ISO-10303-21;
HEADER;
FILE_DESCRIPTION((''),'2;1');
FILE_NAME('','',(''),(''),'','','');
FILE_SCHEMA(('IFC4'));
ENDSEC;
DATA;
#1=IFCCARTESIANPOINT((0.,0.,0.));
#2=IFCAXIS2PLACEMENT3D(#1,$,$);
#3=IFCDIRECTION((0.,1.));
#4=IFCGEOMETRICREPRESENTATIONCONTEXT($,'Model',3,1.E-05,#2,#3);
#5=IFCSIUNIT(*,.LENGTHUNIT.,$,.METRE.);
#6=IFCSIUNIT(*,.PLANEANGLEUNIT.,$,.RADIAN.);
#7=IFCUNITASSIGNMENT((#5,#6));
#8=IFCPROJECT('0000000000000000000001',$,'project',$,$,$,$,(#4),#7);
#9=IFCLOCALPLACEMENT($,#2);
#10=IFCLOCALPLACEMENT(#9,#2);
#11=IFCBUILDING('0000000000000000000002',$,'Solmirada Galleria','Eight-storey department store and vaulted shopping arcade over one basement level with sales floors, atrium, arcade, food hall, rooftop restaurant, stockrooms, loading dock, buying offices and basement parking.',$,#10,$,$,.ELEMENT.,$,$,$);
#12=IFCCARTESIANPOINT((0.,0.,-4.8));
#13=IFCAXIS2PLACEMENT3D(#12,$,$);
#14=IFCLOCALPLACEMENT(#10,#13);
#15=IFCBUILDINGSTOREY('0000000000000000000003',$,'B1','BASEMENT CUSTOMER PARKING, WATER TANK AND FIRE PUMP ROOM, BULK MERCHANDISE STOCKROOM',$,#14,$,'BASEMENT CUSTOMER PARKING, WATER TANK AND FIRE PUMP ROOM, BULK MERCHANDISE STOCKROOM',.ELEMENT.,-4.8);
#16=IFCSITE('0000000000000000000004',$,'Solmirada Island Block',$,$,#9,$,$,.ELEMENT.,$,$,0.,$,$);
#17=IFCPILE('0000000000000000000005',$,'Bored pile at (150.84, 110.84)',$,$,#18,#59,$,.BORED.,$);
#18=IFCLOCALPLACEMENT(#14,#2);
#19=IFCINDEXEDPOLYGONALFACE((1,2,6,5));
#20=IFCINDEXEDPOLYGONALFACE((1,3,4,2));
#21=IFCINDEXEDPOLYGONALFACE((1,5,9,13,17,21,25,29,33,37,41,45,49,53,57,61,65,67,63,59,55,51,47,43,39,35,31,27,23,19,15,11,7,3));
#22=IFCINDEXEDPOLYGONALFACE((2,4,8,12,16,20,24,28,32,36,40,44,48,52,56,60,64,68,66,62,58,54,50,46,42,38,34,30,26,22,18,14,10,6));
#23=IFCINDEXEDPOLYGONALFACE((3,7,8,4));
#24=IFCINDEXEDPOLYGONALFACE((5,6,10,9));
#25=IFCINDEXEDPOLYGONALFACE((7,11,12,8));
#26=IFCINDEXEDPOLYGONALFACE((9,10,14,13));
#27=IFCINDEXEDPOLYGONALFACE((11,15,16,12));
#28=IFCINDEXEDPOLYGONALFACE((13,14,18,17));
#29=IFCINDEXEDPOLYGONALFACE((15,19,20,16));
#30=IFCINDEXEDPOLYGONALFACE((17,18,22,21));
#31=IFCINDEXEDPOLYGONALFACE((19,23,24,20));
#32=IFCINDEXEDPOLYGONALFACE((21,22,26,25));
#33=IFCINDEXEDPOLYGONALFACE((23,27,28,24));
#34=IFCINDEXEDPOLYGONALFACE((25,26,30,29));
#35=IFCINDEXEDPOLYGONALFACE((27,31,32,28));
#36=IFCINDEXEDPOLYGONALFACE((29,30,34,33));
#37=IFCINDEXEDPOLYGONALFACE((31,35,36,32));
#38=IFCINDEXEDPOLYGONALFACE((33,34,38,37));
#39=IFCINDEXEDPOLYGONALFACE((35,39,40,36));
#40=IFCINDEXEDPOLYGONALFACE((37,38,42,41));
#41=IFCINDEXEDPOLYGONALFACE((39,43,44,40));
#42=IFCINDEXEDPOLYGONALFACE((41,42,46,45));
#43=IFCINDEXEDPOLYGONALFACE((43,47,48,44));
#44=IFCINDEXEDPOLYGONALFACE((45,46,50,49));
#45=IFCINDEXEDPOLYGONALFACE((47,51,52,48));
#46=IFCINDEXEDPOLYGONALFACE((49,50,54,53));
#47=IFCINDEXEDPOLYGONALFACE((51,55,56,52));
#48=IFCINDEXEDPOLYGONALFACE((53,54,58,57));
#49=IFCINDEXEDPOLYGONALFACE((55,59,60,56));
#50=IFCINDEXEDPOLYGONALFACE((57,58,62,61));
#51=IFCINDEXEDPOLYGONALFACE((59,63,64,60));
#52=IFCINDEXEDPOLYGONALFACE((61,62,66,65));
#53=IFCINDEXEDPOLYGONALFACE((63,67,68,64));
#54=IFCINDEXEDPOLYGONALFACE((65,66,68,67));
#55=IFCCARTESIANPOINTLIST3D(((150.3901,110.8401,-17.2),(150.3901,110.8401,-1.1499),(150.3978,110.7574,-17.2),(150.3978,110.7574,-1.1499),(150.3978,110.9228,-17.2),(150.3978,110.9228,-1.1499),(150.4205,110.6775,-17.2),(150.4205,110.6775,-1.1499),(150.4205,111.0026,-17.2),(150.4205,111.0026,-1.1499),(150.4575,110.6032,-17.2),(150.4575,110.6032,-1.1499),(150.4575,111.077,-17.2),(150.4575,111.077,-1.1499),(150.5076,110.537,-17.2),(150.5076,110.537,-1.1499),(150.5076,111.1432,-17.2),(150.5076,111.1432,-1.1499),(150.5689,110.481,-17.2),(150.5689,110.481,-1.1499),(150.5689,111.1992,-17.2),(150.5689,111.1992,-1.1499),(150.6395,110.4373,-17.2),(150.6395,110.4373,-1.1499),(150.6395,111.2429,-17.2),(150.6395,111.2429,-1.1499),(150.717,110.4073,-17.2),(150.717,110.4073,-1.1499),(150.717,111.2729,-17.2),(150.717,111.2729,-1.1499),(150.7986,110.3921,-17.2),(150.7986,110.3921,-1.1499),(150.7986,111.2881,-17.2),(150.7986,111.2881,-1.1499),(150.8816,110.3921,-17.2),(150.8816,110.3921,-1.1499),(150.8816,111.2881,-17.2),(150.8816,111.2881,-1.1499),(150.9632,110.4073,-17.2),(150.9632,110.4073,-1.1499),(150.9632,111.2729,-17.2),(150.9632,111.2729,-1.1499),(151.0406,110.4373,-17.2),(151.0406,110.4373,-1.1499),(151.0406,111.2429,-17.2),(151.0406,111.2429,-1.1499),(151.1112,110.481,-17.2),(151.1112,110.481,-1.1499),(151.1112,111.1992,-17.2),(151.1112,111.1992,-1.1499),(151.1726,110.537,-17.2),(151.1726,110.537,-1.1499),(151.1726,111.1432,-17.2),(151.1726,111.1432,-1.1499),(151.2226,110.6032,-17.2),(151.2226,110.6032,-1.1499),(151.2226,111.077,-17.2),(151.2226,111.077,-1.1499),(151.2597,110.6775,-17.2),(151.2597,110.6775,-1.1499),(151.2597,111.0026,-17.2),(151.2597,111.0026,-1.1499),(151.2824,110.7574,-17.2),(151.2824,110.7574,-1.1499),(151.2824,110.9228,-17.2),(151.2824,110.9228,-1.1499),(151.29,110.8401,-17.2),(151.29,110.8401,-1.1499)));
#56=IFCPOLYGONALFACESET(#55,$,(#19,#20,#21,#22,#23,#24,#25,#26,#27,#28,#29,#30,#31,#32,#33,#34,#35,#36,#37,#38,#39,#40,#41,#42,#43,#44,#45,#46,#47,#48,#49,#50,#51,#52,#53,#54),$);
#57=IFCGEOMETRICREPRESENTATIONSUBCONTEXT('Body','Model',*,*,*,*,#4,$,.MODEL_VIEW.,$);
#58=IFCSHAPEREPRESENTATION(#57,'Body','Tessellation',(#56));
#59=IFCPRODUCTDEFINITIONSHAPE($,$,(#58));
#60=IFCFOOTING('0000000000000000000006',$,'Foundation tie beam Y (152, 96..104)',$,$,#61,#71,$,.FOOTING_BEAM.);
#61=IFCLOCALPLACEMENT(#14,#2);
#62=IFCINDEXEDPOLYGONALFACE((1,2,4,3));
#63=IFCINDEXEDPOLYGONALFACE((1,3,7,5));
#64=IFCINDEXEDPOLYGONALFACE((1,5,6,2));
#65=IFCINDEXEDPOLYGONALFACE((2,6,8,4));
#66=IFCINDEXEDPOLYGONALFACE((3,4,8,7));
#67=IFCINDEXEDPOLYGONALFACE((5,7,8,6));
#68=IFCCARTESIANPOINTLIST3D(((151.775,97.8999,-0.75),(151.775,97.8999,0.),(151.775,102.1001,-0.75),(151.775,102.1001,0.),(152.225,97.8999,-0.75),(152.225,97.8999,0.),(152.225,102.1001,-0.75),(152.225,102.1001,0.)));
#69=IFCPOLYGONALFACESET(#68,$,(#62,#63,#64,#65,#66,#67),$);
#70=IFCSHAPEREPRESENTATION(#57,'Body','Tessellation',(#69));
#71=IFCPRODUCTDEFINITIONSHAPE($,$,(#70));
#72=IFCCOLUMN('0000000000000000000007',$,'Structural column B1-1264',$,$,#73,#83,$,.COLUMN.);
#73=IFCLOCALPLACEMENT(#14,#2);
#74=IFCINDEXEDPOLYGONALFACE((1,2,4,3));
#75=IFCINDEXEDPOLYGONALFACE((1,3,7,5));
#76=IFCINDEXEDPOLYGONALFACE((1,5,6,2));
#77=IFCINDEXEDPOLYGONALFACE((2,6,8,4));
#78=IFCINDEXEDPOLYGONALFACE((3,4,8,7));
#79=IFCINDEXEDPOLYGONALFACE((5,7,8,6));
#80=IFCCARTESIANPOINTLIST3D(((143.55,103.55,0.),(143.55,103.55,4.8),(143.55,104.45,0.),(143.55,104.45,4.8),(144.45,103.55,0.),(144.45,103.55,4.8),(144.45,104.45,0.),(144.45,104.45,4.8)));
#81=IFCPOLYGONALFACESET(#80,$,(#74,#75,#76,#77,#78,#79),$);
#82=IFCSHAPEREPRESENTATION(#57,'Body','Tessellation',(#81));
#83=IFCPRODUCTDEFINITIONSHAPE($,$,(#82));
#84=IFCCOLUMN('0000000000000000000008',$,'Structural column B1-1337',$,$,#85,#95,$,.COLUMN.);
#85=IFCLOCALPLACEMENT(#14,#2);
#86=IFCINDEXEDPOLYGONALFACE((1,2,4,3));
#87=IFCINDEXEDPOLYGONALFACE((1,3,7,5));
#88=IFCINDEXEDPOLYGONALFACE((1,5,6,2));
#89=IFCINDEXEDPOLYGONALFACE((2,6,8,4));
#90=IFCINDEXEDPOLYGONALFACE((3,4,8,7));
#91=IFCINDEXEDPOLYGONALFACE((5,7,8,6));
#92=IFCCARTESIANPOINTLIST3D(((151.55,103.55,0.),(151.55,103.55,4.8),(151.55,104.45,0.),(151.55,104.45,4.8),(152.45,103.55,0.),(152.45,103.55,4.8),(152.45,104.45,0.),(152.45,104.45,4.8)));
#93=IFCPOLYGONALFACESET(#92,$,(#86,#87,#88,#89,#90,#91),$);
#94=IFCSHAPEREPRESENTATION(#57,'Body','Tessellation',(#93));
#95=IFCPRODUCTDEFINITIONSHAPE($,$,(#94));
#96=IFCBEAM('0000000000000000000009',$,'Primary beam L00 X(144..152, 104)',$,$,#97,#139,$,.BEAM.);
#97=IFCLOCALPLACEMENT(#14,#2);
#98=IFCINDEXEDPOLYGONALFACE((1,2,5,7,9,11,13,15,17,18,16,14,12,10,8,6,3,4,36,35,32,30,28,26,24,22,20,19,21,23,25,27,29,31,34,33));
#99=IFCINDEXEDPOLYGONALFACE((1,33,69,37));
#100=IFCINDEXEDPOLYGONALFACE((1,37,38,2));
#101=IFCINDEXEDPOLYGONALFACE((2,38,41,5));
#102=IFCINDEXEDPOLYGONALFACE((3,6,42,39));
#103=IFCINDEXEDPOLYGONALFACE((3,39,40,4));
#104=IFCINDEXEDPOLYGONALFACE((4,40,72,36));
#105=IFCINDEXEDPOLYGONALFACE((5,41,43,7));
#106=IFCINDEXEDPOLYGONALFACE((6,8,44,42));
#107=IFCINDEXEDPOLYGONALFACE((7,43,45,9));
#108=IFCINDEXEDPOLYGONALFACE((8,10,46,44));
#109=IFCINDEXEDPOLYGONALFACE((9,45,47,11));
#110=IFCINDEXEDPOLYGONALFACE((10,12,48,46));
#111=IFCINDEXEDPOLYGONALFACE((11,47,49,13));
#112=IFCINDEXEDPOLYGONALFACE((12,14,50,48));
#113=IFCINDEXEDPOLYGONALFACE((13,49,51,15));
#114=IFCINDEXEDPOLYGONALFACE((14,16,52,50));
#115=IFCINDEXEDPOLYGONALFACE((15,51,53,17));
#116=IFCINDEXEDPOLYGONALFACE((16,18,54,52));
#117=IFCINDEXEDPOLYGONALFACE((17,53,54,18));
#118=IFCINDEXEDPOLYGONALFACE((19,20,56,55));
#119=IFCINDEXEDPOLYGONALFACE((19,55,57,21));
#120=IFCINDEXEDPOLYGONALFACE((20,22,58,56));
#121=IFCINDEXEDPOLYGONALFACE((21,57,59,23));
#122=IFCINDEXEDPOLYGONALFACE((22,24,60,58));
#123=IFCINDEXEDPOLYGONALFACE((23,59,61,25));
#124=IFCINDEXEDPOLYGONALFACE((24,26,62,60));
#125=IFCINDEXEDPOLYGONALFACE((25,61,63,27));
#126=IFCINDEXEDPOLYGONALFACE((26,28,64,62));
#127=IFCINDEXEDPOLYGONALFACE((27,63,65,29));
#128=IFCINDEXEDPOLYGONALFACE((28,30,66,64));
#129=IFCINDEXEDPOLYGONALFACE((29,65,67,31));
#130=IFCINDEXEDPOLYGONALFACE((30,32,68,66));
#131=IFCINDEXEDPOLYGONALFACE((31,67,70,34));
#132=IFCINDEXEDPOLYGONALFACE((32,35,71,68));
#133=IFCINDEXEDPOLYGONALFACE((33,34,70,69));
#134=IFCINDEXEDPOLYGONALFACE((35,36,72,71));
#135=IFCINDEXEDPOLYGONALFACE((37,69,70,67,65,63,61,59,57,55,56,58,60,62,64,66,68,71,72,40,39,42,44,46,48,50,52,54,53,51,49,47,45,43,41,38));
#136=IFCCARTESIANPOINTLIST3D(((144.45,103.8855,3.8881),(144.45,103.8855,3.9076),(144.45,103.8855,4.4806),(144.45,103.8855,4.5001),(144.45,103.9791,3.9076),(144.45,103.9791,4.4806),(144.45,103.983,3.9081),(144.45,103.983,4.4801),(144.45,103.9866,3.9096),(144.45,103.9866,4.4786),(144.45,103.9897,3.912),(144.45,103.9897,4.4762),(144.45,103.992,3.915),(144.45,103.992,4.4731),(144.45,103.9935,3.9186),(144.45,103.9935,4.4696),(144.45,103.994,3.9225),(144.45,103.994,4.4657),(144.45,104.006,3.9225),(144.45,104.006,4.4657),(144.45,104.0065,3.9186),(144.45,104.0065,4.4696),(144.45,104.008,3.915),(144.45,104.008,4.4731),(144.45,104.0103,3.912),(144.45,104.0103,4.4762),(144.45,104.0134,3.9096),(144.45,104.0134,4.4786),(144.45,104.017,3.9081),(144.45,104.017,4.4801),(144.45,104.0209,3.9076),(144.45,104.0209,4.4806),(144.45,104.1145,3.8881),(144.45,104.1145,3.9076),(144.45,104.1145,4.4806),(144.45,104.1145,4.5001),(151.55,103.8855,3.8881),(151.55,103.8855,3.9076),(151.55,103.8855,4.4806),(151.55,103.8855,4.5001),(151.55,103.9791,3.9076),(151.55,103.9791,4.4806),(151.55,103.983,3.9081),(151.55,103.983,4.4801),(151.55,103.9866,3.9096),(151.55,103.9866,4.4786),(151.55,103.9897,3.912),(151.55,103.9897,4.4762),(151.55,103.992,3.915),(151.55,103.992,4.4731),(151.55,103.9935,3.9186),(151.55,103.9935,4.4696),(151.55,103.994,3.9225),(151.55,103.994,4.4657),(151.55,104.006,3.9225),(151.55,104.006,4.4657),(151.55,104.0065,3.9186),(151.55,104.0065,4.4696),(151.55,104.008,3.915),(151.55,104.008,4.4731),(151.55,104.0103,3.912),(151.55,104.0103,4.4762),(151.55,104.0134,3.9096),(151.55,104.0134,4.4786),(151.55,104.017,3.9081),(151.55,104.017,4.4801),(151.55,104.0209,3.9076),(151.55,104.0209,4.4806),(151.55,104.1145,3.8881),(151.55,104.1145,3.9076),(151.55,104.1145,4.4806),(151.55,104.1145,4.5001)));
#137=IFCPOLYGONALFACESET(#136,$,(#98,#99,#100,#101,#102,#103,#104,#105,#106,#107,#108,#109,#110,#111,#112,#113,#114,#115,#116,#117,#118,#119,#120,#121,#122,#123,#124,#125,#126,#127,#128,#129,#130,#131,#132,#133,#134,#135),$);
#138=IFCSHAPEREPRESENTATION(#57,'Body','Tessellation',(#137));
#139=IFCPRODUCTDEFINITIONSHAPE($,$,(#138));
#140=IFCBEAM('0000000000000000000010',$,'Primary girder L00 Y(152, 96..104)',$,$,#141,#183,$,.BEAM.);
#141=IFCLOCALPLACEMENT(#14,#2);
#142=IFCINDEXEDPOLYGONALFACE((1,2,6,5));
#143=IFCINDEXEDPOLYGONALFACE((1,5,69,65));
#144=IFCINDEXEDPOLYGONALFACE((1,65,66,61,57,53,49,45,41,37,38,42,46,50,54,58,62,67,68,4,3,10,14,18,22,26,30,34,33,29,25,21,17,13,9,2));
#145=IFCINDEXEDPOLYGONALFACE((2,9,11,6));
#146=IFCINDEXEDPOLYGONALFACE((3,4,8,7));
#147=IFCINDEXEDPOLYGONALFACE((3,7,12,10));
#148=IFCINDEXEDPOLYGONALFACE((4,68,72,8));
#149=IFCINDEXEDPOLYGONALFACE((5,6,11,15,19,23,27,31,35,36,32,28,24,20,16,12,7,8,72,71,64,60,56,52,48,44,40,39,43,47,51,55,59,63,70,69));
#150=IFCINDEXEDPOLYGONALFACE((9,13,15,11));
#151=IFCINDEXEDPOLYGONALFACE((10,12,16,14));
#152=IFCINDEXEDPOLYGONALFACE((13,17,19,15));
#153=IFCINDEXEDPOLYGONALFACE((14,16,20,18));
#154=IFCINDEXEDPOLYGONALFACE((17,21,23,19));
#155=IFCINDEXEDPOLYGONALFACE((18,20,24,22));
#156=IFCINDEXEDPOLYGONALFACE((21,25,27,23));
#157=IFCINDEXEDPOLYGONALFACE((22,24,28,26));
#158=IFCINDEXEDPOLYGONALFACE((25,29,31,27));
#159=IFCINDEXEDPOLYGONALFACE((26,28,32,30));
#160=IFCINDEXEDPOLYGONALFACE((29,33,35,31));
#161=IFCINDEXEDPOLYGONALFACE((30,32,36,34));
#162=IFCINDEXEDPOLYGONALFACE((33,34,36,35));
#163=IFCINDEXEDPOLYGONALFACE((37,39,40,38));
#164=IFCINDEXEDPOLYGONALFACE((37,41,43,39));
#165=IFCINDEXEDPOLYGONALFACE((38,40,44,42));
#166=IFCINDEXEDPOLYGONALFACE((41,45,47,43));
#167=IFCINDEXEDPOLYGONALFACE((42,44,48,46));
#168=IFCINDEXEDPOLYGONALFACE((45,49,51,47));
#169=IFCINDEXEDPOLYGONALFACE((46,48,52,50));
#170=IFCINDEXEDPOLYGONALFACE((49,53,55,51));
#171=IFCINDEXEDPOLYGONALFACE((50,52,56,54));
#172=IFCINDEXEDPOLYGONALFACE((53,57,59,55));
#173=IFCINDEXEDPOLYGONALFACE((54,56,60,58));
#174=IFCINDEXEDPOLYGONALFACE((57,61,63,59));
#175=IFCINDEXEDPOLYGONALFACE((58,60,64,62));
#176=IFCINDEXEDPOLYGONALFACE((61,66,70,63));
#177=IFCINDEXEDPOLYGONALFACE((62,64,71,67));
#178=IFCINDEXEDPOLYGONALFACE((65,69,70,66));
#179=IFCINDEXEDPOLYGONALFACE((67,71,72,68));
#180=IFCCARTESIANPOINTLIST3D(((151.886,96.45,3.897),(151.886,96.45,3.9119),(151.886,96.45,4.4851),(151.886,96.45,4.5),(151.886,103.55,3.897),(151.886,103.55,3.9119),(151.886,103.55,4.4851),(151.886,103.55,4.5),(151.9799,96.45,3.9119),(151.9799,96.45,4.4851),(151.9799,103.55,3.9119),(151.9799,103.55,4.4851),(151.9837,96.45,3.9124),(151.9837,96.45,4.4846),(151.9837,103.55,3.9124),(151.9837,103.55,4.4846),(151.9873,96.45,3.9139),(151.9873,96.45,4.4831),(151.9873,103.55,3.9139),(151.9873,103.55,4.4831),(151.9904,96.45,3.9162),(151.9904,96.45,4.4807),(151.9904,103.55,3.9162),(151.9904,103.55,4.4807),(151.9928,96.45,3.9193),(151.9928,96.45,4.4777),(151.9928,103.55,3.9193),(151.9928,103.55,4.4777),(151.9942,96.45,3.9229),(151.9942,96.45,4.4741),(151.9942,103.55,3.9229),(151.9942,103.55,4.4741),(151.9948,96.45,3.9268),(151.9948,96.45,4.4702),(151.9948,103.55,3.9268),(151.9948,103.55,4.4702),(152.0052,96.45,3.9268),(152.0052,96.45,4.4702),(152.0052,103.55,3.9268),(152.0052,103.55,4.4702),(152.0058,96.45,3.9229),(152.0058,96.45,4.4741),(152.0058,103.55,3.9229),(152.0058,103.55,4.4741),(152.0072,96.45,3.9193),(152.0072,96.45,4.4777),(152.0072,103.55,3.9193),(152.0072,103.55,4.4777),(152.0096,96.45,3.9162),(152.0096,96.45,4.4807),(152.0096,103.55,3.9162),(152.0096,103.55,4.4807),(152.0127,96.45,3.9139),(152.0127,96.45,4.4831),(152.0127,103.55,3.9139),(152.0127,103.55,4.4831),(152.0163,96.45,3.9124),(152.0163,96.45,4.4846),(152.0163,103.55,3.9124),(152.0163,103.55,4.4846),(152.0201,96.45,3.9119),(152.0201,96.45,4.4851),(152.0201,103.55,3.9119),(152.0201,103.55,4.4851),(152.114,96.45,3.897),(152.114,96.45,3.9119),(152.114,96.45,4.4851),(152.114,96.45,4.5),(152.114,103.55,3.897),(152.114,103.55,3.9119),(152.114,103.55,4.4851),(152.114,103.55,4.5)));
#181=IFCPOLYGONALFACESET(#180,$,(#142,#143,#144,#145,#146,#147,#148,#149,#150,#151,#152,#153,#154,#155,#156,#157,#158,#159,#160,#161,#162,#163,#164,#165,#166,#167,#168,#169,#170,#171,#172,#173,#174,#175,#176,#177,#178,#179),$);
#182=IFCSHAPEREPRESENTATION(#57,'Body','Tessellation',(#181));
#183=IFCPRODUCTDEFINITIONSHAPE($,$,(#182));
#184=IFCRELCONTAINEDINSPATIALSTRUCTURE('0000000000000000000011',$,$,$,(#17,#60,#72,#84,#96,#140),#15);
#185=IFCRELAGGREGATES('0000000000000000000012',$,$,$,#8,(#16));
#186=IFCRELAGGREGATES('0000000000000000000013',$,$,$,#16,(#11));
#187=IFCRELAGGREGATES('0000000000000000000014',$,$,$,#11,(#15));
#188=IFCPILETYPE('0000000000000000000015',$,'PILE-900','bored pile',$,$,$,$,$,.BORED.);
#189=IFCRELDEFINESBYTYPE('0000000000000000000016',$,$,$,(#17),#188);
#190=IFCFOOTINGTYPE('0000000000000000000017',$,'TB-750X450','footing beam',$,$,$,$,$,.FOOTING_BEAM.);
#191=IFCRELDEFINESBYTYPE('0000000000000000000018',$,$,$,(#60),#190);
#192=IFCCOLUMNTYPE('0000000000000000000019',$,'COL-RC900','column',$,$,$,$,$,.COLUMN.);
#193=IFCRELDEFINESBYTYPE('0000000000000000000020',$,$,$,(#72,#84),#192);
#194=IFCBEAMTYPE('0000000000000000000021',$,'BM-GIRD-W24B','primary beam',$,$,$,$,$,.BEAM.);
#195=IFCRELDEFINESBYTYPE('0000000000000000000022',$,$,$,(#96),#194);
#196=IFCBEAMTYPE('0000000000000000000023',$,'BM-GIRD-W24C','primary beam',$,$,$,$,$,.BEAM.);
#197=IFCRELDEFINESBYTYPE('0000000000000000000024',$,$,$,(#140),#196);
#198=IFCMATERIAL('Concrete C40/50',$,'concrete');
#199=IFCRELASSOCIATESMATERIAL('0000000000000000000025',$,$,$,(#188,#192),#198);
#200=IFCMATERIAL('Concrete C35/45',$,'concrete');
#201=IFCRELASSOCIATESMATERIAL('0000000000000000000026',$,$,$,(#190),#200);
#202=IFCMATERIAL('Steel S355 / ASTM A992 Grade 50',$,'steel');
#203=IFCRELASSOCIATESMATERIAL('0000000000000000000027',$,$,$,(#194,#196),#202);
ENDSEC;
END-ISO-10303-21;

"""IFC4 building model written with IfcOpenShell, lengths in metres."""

from ifc_helpers import new_model, si_unit, direction, frame, origin, origin_2d, place, context, subcontext, project, spatial, rectangle, circle, i_section, extrude, material, material_profile, profile_set, type_object, element, save


model = new_model("IFC4")

# Units and contexts
model_context = context("Model", 3, precision=1e-05, world=origin(), true_north=direction((0.0, 1.0)))
body_context = subcontext(model_context, "Body", "Model", "MODEL_VIEW")
ifc_project = project(units=[si_unit("LENGTHUNIT", "METRE"), si_unit("PLANEANGLEUNIT", "RADIAN")], contexts=[model_context])

# Site, building, storey
site_placement = place(None, origin())
site = spatial("IfcSite", under=ifc_project, at=site_placement, Name="Solmirada Island Block", CompositionType="ELEMENT", RefElevation=0.0)
building_placement = place(site_placement, origin())
building = spatial("IfcBuilding", under=site, at=building_placement, Name="Solmirada Galleria", Description="Eight-storey department store and vaulted shopping arcade over one basement level with sales floors, atrium, arcade, food hall, rooftop restaurant, stockrooms, loading dock, buying offices and basement parking.", CompositionType="ELEMENT")
storey_placement = place(building_placement, frame((0.0, 0.0, -4.8)))
storey = spatial("IfcBuildingStorey", under=building, at=storey_placement, Name="B1", Description="BASEMENT CUSTOMER PARKING, WATER TANK AND FIRE PUMP ROOM, BULK MERCHANDISE STOCKROOM", LongName="BASEMENT CUSTOMER PARKING, WATER TANK AND FIRE PUMP ROOM, BULK MERCHANDISE STOCKROOM", CompositionType="ELEMENT", Elevation=-4.8)

# Shared definitions
ifc_material_1 = material(Name="Concrete C35/45", Category="concrete")

# Pile
ifc_material_2 = material(Name="Concrete C40/50", Category="concrete")
ifc_material_profile_1 = material_profile(ifc_material_2, circle(Radius=0.45, at=origin_2d()), Name="PILE900")
ifc_profile_set_1 = profile_set([ifc_material_profile_1], Name="Concrete C40/50")
pile_type = type_object("IfcPileType", Name="PILE-900", Description="bored pile", PredefinedType="BORED", material=ifc_profile_set_1)
pile_1_placement = place(storey_placement, frame((150.8401, 110.8401, -1.1499), z_axis=(0.0, 0.0, -1.0), x_axis=(1.0, 0.0, 0.0)))
element("IfcPile", 1, at=pile_1_placement, inside=storey, type_object=pile_type, Name="Bored pile at (150.84, 110.84)", PredefinedType="BORED", context=body_context, shape_type="SweptSolid", body=[
    extrude(circle(Radius=0.45, at=origin_2d()), origin(), (0.0, 0.0, 1.0), 16.05),
])

# Footing
ifc_material_profile_2 = material_profile(ifc_material_1, rectangle(XDim=0.45, YDim=0.75, at=origin_2d()), Name="RC750X450")
ifc_profile_set_2 = profile_set([ifc_material_profile_2], Name="Concrete C35/45")
footing_type_1 = type_object("IfcFootingType", Name="TB-750X450", Description="footing beam", PredefinedType="FOOTING_BEAM", material=ifc_profile_set_2)
footing_1_placement = place(storey_placement, frame((152.0, 97.8999, -0.375), z_axis=(0.0, 1.0, 0.0), x_axis=(-1.0, 0.0, 0.0)))
element("IfcFooting", 2, at=footing_1_placement, inside=storey, type_object=footing_type_1, Name="Foundation tie beam Y (152, 96..104)", PredefinedType="FOOTING_BEAM", context=body_context, shape_type="SweptSolid", body=[
    extrude(rectangle(XDim=0.45, YDim=0.75, at=origin_2d()), origin(), (0.0, 0.0, 1.0), 4.2002),
])

# Columns
ifc_material_profile_3 = material_profile(ifc_material_2, rectangle(XDim=0.8999, YDim=0.8999, at=origin_2d()), Name="RC900X900")
ifc_profile_set_3 = profile_set([ifc_material_profile_3], Name="Concrete C40/50")
column_type = type_object("IfcColumnType", Name="COL-RC900", Description="column", PredefinedType="COLUMN", material=ifc_profile_set_3)
for number, where, z_axis, x_axis, name in (
    (3, (144.0, 104.0, 0.0), (0.0, 0.0, 1.0), (1.0, 0.0, 0.0), "Structural column B1-1264"),
    (4, (152.0, 104.0, 0.0), (0.0, 0.0, 1.0), (1.0, 0.0, 0.0), "Structural column B1-1337"),
):
    element("IfcColumn", number, at=place(storey_placement, frame(where, z_axis=z_axis, x_axis=x_axis)), inside=storey, type_object=column_type, Name=name, PredefinedType="COLUMN", context=body_context, shape_type="SweptSolid", body=[
        extrude(rectangle(XDim=0.8999, YDim=0.8999, at=origin_2d()), origin(), (0.0, 0.0, 1.0), 4.8),
    ])

# Beams
ifc_material_3 = material(Name="Steel S355 / ASTM A992 Grade 50", Category="steel")
ifc_material_profile_4 = material_profile(ifc_material_3, i_section(OverallWidth=0.229, OverallDepth=0.6121, WebThickness=0.012, FlangeThickness=0.0195, FilletRadius=0.0149, at=origin_2d()), Name="W24X84")
ifc_profile_set_4 = profile_set([ifc_material_profile_4], Name="Steel S355 / ASTM A992 Grade 50")
beam_type_1 = type_object("IfcBeamType", Name="BM-GIRD-W24B", Description="primary beam", PredefinedType="BEAM", material=ifc_profile_set_4)
beam_1_placement = place(storey_placement, frame((144.45, 104.0, 4.1941), z_axis=(1.0, 0.0, 0.0), x_axis=(0.0, 1.0, 0.0)))
element("IfcBeam", 5, at=beam_1_placement, inside=storey, type_object=beam_type_1, Name="Primary beam L00 X(144..152, 104)", PredefinedType="BEAM", context=body_context, shape_type="SweptSolid", body=[
    extrude(i_section(OverallWidth=0.229, OverallDepth=0.6121, WebThickness=0.012, FlangeThickness=0.0195, FilletRadius=0.0149, at=origin_2d()), origin(), (0.0, 0.0, 1.0), 7.1001),
])
ifc_material_profile_5 = material_profile(ifc_material_3, i_section(OverallWidth=0.228, OverallDepth=0.603, WebThickness=0.0105, FlangeThickness=0.0149, FilletRadius=0.0149, at=origin_2d()), Name="W24X68")
ifc_profile_set_5 = profile_set([ifc_material_profile_5], Name="Steel S355 / ASTM A992 Grade 50")
beam_type_2 = type_object("IfcBeamType", Name="BM-GIRD-W24C", Description="primary beam", PredefinedType="BEAM", material=ifc_profile_set_5)
beam_2_placement = place(storey_placement, frame((152.0, 96.45, 4.1985), z_axis=(0.0, 1.0, 0.0), x_axis=(-1.0, 0.0, 0.0)))
element("IfcBeam", 6, at=beam_2_placement, inside=storey, type_object=beam_type_2, Name="Primary girder L00 Y(152, 96..104)", PredefinedType="BEAM", context=body_context, shape_type="SweptSolid", body=[
    extrude(i_section(OverallWidth=0.228, OverallDepth=0.603, WebThickness=0.0105, FlangeThickness=0.0149, FilletRadius=0.0149, at=origin_2d()), origin(), (0.0, 0.0, 1.0), 7.1001),
])

save(model, "model.ifc")
